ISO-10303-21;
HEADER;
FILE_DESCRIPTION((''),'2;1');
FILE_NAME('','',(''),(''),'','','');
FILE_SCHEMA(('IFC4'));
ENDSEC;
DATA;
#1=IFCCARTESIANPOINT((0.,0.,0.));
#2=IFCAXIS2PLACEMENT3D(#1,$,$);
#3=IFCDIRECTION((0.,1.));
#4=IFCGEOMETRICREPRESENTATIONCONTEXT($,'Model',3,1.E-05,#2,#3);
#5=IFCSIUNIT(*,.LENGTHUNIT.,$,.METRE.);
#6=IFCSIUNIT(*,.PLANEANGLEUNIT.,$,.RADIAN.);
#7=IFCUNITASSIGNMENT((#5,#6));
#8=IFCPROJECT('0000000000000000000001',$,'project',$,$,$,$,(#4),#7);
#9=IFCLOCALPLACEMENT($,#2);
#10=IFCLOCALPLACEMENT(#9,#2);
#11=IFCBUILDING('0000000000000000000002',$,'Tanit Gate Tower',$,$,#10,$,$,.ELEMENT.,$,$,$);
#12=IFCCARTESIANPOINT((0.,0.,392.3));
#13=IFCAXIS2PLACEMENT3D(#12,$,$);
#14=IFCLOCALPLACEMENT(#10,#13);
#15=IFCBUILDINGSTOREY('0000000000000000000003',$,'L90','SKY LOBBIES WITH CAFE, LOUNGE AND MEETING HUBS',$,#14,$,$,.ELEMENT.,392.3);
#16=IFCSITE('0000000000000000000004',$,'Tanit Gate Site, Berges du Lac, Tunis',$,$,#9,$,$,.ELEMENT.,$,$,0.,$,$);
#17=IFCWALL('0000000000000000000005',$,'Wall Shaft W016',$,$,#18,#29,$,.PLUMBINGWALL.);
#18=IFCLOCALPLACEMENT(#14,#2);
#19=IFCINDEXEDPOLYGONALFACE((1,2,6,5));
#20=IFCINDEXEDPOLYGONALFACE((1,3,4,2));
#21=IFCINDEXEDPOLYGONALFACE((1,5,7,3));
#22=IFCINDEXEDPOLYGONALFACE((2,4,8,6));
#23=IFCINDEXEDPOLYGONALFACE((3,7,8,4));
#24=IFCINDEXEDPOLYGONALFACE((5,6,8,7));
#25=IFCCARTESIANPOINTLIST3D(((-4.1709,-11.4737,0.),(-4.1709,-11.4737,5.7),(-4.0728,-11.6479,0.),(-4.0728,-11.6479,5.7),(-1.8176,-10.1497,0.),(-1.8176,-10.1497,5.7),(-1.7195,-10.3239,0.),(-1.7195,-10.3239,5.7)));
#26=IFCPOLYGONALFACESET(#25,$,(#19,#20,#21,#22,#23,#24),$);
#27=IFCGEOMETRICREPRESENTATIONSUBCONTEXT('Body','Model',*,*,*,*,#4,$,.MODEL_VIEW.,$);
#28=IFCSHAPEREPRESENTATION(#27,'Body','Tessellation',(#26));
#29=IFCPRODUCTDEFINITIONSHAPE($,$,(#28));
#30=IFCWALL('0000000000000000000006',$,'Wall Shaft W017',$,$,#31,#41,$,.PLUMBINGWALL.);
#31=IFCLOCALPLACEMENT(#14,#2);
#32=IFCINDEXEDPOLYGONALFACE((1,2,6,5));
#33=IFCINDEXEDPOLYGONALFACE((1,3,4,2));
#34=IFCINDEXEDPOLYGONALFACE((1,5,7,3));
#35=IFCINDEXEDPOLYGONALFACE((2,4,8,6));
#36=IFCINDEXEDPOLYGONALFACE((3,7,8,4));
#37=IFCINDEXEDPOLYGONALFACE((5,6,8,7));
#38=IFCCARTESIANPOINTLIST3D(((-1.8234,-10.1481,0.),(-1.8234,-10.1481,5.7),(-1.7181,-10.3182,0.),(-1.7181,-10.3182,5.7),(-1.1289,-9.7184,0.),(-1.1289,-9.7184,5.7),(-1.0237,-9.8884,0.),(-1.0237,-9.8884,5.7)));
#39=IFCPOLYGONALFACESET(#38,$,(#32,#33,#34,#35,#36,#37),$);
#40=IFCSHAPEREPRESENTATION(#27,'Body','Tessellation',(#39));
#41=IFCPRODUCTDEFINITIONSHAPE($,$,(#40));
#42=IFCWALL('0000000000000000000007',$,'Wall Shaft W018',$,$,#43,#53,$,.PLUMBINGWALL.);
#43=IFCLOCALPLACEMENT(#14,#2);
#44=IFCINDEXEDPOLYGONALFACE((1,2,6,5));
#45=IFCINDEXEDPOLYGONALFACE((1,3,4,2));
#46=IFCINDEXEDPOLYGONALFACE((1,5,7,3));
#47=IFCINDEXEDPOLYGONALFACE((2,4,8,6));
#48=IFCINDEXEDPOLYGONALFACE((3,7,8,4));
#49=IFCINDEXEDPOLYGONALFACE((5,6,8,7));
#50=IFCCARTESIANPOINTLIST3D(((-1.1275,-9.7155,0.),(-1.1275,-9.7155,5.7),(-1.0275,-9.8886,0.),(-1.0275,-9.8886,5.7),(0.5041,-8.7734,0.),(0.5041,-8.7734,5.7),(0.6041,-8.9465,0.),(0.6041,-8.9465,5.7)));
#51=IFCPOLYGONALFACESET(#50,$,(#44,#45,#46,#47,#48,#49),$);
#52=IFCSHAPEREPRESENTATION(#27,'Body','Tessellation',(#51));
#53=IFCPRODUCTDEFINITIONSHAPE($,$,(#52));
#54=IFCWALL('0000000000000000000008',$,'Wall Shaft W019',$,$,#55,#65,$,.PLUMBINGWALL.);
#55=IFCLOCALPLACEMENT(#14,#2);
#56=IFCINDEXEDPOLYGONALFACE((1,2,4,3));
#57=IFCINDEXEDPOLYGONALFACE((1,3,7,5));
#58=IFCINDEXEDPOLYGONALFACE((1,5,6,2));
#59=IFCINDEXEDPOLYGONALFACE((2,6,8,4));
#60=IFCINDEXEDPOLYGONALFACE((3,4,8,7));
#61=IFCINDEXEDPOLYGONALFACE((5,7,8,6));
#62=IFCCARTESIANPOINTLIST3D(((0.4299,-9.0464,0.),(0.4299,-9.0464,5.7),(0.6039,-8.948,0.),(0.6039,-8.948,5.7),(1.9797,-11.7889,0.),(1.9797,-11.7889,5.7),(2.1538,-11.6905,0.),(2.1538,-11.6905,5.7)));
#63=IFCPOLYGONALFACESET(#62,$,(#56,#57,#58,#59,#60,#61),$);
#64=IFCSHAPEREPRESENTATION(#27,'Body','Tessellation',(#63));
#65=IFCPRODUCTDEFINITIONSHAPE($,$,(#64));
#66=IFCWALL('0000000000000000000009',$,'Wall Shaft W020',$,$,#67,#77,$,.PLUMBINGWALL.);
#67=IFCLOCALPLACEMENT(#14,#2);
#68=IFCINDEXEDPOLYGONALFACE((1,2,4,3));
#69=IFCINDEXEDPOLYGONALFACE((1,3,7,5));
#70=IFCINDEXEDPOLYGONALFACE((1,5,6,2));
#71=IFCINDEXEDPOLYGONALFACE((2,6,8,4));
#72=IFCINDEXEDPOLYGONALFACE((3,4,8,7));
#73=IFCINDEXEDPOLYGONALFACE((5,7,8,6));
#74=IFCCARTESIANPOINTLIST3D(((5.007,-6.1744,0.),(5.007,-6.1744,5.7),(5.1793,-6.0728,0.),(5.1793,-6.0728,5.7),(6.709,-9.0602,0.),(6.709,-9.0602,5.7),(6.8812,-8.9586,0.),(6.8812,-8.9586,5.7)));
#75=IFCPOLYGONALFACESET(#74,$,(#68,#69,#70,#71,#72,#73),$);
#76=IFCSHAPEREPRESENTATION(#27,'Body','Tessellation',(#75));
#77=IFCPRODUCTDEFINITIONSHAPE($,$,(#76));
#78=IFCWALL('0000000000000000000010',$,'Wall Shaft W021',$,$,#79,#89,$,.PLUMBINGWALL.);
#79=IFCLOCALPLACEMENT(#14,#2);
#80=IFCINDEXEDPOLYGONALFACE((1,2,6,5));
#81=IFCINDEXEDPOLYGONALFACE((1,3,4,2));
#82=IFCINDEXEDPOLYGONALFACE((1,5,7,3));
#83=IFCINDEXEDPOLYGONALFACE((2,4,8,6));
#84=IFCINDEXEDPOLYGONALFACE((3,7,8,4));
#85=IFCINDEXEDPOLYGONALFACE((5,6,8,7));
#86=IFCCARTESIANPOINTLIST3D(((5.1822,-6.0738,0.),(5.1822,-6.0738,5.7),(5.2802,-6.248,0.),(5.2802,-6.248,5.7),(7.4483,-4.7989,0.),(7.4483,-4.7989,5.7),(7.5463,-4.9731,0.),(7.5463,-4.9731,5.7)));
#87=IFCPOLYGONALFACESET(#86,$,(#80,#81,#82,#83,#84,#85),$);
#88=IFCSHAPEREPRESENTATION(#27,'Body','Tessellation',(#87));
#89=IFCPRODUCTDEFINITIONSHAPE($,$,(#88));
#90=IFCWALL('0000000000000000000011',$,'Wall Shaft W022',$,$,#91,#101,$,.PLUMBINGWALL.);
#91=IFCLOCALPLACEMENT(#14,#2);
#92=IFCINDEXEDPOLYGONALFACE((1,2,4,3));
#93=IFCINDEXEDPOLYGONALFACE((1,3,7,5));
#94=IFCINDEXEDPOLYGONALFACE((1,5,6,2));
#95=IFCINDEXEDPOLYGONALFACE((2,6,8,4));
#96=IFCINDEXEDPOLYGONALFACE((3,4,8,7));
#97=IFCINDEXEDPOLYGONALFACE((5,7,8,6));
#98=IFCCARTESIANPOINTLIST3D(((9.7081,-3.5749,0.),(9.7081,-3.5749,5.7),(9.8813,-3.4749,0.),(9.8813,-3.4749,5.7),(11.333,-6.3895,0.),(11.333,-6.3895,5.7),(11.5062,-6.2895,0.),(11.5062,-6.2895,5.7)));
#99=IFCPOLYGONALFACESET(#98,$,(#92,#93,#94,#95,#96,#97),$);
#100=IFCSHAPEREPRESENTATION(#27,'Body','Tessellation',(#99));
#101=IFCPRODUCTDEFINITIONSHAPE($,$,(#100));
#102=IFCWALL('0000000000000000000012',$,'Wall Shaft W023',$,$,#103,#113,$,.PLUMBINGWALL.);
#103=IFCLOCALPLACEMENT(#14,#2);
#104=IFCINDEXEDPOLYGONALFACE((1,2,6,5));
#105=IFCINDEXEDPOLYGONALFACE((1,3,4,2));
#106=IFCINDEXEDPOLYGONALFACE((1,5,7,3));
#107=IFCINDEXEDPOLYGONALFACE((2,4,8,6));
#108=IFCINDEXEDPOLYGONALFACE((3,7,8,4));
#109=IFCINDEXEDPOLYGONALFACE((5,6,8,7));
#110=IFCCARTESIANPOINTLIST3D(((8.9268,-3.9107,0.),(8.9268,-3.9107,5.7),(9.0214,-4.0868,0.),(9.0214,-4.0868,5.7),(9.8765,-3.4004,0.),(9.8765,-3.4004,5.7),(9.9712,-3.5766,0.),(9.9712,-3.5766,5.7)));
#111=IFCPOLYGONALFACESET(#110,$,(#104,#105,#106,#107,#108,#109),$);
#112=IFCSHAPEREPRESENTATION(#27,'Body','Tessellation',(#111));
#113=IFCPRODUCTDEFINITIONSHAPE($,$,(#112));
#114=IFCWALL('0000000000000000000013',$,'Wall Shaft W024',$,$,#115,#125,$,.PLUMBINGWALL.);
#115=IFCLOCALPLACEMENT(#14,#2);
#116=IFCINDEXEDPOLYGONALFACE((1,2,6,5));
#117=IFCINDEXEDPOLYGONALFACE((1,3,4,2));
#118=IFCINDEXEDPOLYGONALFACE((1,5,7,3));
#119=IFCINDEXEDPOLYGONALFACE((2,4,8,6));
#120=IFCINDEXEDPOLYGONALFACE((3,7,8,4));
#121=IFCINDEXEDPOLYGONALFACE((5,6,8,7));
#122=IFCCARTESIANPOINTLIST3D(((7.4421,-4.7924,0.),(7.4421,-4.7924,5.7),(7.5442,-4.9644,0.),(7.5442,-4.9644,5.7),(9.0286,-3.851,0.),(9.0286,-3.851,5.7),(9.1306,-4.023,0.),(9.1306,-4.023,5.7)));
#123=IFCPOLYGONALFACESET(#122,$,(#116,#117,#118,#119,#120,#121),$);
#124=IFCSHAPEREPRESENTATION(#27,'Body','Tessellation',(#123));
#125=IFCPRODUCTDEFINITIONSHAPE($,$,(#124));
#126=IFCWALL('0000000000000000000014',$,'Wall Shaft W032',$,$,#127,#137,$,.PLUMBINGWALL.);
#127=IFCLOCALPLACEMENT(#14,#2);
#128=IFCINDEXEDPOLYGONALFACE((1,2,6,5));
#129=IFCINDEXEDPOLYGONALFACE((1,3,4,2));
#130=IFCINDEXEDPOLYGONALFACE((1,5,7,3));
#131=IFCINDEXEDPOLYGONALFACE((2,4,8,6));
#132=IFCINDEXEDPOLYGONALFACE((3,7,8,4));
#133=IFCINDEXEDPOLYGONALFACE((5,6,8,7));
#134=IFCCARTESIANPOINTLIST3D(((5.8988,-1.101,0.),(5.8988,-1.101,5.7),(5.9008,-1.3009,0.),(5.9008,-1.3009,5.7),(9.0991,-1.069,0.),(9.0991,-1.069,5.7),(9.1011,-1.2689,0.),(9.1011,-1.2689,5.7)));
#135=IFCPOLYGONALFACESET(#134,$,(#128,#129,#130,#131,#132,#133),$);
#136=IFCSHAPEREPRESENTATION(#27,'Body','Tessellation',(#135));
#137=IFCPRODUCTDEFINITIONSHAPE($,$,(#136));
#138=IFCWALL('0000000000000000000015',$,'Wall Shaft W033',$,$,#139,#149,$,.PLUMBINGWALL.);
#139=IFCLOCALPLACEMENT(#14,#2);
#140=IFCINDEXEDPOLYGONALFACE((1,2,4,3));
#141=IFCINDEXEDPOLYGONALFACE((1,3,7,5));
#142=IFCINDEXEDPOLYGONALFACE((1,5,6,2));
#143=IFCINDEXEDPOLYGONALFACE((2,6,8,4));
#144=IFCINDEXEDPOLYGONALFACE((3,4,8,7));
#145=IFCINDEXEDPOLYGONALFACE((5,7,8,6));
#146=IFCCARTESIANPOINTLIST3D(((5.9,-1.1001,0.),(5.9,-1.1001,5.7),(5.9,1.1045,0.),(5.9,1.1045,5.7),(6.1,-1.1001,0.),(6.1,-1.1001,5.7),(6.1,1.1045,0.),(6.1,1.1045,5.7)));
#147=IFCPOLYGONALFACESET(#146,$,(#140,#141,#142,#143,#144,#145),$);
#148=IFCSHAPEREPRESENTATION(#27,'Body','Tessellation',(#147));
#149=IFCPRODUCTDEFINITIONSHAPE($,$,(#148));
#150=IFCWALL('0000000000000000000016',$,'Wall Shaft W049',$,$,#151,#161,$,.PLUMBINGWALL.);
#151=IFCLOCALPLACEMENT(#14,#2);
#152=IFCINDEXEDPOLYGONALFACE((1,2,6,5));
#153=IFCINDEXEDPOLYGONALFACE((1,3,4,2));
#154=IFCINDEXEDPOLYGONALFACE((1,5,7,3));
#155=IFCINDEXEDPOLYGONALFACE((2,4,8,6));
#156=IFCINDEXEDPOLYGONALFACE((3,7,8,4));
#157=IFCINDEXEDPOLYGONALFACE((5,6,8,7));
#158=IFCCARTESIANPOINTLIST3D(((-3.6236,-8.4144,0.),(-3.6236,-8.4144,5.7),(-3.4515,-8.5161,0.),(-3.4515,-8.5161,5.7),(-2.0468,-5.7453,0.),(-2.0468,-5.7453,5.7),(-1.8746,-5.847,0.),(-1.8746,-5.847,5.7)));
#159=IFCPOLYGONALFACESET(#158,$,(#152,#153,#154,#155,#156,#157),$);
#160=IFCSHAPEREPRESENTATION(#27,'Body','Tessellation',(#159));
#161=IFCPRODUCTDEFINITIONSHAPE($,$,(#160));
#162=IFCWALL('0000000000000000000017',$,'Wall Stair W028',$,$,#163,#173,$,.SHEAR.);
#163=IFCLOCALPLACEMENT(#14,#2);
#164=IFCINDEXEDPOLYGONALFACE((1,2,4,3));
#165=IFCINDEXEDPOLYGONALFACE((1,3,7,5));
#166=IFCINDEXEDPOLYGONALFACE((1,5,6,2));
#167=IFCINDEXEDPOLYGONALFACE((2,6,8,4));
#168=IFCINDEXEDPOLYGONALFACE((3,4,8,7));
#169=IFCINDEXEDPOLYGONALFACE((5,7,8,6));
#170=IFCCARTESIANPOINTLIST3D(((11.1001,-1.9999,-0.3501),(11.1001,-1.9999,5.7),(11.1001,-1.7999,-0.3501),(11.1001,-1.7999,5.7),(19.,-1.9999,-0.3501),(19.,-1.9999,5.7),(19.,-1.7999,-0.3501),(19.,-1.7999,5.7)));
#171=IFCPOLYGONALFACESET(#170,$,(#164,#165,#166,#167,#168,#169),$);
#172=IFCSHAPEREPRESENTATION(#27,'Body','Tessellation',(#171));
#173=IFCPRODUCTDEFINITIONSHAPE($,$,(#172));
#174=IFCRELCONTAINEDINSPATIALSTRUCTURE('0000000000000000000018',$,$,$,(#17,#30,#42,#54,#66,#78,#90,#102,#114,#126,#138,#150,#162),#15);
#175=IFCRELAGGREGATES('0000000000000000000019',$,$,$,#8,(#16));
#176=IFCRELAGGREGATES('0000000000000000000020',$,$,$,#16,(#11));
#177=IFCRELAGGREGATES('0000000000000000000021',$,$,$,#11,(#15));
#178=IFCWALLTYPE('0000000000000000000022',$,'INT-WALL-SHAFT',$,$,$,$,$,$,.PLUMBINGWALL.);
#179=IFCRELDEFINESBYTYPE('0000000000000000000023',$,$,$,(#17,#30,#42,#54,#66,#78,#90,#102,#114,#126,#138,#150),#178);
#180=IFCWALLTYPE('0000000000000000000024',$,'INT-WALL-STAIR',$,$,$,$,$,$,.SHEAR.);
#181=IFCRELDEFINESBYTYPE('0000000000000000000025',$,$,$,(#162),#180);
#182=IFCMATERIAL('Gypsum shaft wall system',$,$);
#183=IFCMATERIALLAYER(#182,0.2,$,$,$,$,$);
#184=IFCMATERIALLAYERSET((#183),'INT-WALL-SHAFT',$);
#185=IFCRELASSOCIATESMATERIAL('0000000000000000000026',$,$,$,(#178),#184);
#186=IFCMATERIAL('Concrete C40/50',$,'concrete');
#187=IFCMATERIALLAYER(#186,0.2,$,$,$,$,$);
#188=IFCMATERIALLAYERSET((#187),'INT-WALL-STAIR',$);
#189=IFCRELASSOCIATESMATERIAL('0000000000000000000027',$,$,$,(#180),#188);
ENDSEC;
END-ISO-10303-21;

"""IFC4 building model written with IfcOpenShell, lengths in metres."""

from ifc_helpers import new_model, si_unit, direction, frame, frame_2d, origin, place, context, subcontext, project, spatial, rectangle, extrude, material, layer, layer_set, type_object, element, save


model = new_model("IFC4")

# Units and contexts
model_context = context("Model", 3, precision=1e-05, world=origin(), true_north=direction((0.0, 1.0)))
body_context = subcontext(model_context, "Body", "Model", "MODEL_VIEW")
ifc_project = project(units=[si_unit("LENGTHUNIT", "METRE"), si_unit("PLANEANGLEUNIT", "RADIAN")], contexts=[model_context])

# Site, building, storey
site_placement = place(None, origin())
site = spatial("IfcSite", under=ifc_project, at=site_placement, Name="Tanit Gate Site, Berges du Lac, Tunis", CompositionType="ELEMENT", RefElevation=0.0)
building_placement = place(site_placement, origin())
building = spatial("IfcBuilding", under=site, at=building_placement, Name="Tanit Gate Tower", CompositionType="ELEMENT")
storey_placement = place(building_placement, frame((0.0, 0.0, 392.3)))
storey = spatial("IfcBuildingStorey", under=building, at=storey_placement, Name="L90", Description="SKY LOBBIES WITH CAFE, LOUNGE AND MEETING HUBS", CompositionType="ELEMENT", Elevation=392.3)

# Walls
ifc_material_1 = material(Name="Gypsum shaft wall system")
ifc_layer_1 = layer(ifc_material_1, 0.2)
ifc_layer_set_1 = layer_set([ifc_layer_1], Name="INT-WALL-SHAFT")
wall_type_1 = type_object("IfcWallType", Name="INT-WALL-SHAFT", PredefinedType="PLUMBINGWALL", material=ifc_layer_set_1)
wall_1_placement = place(storey_placement, frame((-1.7686, -10.2368, 0.0), z_axis=(0.0, 0.0, 1.0), x_axis=(-0.871534, -0.490334, 0.0)))
element("IfcWall", 1, at=wall_1_placement, inside=storey, type_object=wall_type_1, Name="Wall Shaft W016", PredefinedType="PLUMBINGWALL", context=body_context, shape_type="SweptSolid", body=[
    extrude(rectangle(XDim=2.7002, YDim=0.2, at=frame_2d((1.3501, 0.0))), origin(), (0.0, 0.0, 1.0), 5.7),
])
wall_2_placement = place(storey_placement, frame((-1.0764, -9.8035, 0.0), z_axis=(0.0, 0.0, 1.0), x_axis=(-0.850342, -0.526231, 0.0)))
element("IfcWall", 2, at=wall_2_placement, inside=storey, type_object=wall_type_1, Name="Wall Shaft W017", PredefinedType="PLUMBINGWALL", context=body_context, shape_type="SweptSolid", body=[
    extrude(rectangle(XDim=0.8167, YDim=0.2, at=frame_2d((0.4082, 0.0))), origin(), (0.0, 0.0, 1.0), 5.7),
])
wall_3_placement = place(storey_placement, frame((-1.0774, -9.802, 0.0), z_axis=(0.0, 0.0, 1.0), x_axis=(0.865994, 0.500055, 0.0)))
element("IfcWall", 3, at=wall_3_placement, inside=storey, type_object=wall_type_1, Name="Wall Shaft W018", PredefinedType="PLUMBINGWALL", context=body_context, shape_type="SweptSolid", body=[
    extrude(rectangle(XDim=1.884, YDim=0.2, at=frame_2d((0.9419, 0.0))), origin(), (0.0, 0.0, 1.0), 5.7),
])
wall_4_placement = place(storey_placement, frame((0.5168, -8.9971, 0.0), z_axis=(0.0, 0.0, 1.0), x_axis=(0.491993, -0.870599, 0.0)))
element("IfcWall", 4, at=wall_4_placement, inside=storey, type_object=wall_type_1, Name="Wall Shaft W019", PredefinedType="PLUMBINGWALL", context=body_context, shape_type="SweptSolid", body=[
    extrude(rectangle(XDim=3.1501, YDim=0.2, at=frame_2d((1.5752, 0.0))), origin(), (0.0, 0.0, 1.0), 5.7),
])
wall_5_placement = place(storey_placement, frame((6.7952, -9.0095, 0.0), z_axis=(0.0, 0.0, 1.0), x_axis=(-0.507997, 0.861359, 0.0)))
element("IfcWall", 5, at=wall_5_placement, inside=storey, type_object=wall_type_1, Name="Wall Shaft W020", PredefinedType="PLUMBINGWALL", context=body_context, shape_type="SweptSolid", body=[
    extrude(rectangle(XDim=3.3503, YDim=0.2, at=frame_2d((1.6753, 0.0))), origin(), (0.0, 0.0, 1.0), 5.7),
])
wall_6_placement = place(storey_placement, frame((5.2312, -6.1609, 0.0), z_axis=(0.0, 0.0, 1.0), x_axis=(0.87154, 0.490324, 0.0)))
element("IfcWall", 6, at=wall_6_placement, inside=storey, type_object=wall_type_1, Name="Wall Shaft W021", PredefinedType="PLUMBINGWALL", context=body_context, shape_type="SweptSolid", body=[
    extrude(rectangle(XDim=2.6001, YDim=0.2, at=frame_2d((1.3, 0.0))), origin(), (0.0, 0.0, 1.0), 5.7),
])
wall_7_placement = place(storey_placement, frame((9.7947, -3.5249, 0.0), z_axis=(0.0, 0.0, 1.0), x_axis=(0.499985, -0.866034, 0.0)))
element("IfcWall", 7, at=wall_7_placement, inside=storey, type_object=wall_type_1, Name="Wall Shaft W022", PredefinedType="PLUMBINGWALL", context=body_context, shape_type="SweptSolid", body=[
    extrude(rectangle(XDim=3.25, YDim=0.2, at=frame_2d((1.625, 0.0))), origin(), (0.0, 0.0, 1.0), 5.7),
])
wall_8_placement = place(storey_placement, frame((8.9741, -3.9988, 0.0), z_axis=(0.0, 0.0, 1.0), x_axis=(0.880907, 0.473289, 0.0)))
element("IfcWall", 8, at=wall_8_placement, inside=storey, type_object=wall_type_1, Name="Wall Shaft W023", PredefinedType="PLUMBINGWALL", context=body_context, shape_type="SweptSolid", body=[
    extrude(rectangle(XDim=1.0781, YDim=0.2, at=frame_2d((0.5391, 0.0))), origin(), (0.0, 0.0, 1.0), 5.7),
])
wall_9_placement = place(storey_placement, frame((7.4932, -4.8784, 0.0), z_axis=(0.0, 0.0, 1.0), x_axis=(0.859982, 0.510325, 0.0)))
element("IfcWall", 9, at=wall_9_placement, inside=storey, type_object=wall_type_1, Name="Wall Shaft W024", PredefinedType="PLUMBINGWALL", context=body_context, shape_type="SweptSolid", body=[
    extrude(rectangle(XDim=1.8447, YDim=0.2, at=frame_2d((0.9224, 0.0))), origin(), (0.0, 0.0, 1.0), 5.7),
])
wall_10_placement = place(storey_placement, frame((5.8999, -1.2009, 0.0), z_axis=(0.0, 0.0, 1.0), x_axis=(0.99995, 0.009993, 0.0)))
element("IfcWall", 10, at=wall_10_placement, inside=storey, type_object=wall_type_1, Name="Wall Shaft W032", PredefinedType="PLUMBINGWALL", context=body_context, shape_type="SweptSolid", body=[
    extrude(rectangle(XDim=3.2004, YDim=0.2, at=frame_2d((1.6001, 0.0))), origin(), (0.0, 0.0, 1.0), 5.7),
])
wall_11_placement = place(storey_placement, frame((6.0, -1.1001, 0.0), z_axis=(0.0, 0.0, 1.0), x_axis=(0.0, 1.0, 0.0)))
element("IfcWall", 11, at=wall_11_placement, inside=storey, type_object=wall_type_1, Name="Wall Shaft W033", PredefinedType="PLUMBINGWALL", context=body_context, shape_type="SweptSolid", body=[
    extrude(rectangle(XDim=2.2046, YDim=0.2, at=frame_2d((1.1023, 0.0))), origin(), (0.0, 0.0, 1.0), 5.7),
])
wall_12_placement = place(storey_placement, frame((-1.9607, -5.7961, 0.0), z_axis=(0.0, 0.0, 1.0), x_axis=(-0.508647, -0.860975, 0.0)))
element("IfcWall", 12, at=wall_12_placement, inside=storey, type_object=wall_type_1, Name="Wall Shaft W049", PredefinedType="PLUMBINGWALL", context=body_context, shape_type="SweptSolid", body=[
    extrude(rectangle(XDim=3.1001, YDim=0.2, at=frame_2d((1.55, 0.0))), origin(), (0.0, 0.0, 1.0), 5.7),
])
ifc_material_2 = material(Name="Concrete C40/50", Category="concrete")
ifc_layer_2 = layer(ifc_material_2, 0.2)
ifc_layer_set_2 = layer_set([ifc_layer_2], Name="INT-WALL-STAIR")
wall_type_2 = type_object("IfcWallType", Name="INT-WALL-STAIR", PredefinedType="SHEAR", material=ifc_layer_set_2)
wall_13_placement = place(storey_placement, frame((11.1001, -1.8999, -0.3501), z_axis=(0.0, 0.0, 1.0), x_axis=(1.0, 0.0, 0.0)))
element("IfcWall", 13, at=wall_13_placement, inside=storey, type_object=wall_type_2, Name="Wall Stair W028", PredefinedType="SHEAR", context=body_context, shape_type="SweptSolid", body=[
    extrude(rectangle(XDim=7.8999, YDim=0.2, at=frame_2d((3.95, 0.0))), origin(), (0.0, 0.0, 1.0), 6.05),
])

save(model, "model.ifc")
